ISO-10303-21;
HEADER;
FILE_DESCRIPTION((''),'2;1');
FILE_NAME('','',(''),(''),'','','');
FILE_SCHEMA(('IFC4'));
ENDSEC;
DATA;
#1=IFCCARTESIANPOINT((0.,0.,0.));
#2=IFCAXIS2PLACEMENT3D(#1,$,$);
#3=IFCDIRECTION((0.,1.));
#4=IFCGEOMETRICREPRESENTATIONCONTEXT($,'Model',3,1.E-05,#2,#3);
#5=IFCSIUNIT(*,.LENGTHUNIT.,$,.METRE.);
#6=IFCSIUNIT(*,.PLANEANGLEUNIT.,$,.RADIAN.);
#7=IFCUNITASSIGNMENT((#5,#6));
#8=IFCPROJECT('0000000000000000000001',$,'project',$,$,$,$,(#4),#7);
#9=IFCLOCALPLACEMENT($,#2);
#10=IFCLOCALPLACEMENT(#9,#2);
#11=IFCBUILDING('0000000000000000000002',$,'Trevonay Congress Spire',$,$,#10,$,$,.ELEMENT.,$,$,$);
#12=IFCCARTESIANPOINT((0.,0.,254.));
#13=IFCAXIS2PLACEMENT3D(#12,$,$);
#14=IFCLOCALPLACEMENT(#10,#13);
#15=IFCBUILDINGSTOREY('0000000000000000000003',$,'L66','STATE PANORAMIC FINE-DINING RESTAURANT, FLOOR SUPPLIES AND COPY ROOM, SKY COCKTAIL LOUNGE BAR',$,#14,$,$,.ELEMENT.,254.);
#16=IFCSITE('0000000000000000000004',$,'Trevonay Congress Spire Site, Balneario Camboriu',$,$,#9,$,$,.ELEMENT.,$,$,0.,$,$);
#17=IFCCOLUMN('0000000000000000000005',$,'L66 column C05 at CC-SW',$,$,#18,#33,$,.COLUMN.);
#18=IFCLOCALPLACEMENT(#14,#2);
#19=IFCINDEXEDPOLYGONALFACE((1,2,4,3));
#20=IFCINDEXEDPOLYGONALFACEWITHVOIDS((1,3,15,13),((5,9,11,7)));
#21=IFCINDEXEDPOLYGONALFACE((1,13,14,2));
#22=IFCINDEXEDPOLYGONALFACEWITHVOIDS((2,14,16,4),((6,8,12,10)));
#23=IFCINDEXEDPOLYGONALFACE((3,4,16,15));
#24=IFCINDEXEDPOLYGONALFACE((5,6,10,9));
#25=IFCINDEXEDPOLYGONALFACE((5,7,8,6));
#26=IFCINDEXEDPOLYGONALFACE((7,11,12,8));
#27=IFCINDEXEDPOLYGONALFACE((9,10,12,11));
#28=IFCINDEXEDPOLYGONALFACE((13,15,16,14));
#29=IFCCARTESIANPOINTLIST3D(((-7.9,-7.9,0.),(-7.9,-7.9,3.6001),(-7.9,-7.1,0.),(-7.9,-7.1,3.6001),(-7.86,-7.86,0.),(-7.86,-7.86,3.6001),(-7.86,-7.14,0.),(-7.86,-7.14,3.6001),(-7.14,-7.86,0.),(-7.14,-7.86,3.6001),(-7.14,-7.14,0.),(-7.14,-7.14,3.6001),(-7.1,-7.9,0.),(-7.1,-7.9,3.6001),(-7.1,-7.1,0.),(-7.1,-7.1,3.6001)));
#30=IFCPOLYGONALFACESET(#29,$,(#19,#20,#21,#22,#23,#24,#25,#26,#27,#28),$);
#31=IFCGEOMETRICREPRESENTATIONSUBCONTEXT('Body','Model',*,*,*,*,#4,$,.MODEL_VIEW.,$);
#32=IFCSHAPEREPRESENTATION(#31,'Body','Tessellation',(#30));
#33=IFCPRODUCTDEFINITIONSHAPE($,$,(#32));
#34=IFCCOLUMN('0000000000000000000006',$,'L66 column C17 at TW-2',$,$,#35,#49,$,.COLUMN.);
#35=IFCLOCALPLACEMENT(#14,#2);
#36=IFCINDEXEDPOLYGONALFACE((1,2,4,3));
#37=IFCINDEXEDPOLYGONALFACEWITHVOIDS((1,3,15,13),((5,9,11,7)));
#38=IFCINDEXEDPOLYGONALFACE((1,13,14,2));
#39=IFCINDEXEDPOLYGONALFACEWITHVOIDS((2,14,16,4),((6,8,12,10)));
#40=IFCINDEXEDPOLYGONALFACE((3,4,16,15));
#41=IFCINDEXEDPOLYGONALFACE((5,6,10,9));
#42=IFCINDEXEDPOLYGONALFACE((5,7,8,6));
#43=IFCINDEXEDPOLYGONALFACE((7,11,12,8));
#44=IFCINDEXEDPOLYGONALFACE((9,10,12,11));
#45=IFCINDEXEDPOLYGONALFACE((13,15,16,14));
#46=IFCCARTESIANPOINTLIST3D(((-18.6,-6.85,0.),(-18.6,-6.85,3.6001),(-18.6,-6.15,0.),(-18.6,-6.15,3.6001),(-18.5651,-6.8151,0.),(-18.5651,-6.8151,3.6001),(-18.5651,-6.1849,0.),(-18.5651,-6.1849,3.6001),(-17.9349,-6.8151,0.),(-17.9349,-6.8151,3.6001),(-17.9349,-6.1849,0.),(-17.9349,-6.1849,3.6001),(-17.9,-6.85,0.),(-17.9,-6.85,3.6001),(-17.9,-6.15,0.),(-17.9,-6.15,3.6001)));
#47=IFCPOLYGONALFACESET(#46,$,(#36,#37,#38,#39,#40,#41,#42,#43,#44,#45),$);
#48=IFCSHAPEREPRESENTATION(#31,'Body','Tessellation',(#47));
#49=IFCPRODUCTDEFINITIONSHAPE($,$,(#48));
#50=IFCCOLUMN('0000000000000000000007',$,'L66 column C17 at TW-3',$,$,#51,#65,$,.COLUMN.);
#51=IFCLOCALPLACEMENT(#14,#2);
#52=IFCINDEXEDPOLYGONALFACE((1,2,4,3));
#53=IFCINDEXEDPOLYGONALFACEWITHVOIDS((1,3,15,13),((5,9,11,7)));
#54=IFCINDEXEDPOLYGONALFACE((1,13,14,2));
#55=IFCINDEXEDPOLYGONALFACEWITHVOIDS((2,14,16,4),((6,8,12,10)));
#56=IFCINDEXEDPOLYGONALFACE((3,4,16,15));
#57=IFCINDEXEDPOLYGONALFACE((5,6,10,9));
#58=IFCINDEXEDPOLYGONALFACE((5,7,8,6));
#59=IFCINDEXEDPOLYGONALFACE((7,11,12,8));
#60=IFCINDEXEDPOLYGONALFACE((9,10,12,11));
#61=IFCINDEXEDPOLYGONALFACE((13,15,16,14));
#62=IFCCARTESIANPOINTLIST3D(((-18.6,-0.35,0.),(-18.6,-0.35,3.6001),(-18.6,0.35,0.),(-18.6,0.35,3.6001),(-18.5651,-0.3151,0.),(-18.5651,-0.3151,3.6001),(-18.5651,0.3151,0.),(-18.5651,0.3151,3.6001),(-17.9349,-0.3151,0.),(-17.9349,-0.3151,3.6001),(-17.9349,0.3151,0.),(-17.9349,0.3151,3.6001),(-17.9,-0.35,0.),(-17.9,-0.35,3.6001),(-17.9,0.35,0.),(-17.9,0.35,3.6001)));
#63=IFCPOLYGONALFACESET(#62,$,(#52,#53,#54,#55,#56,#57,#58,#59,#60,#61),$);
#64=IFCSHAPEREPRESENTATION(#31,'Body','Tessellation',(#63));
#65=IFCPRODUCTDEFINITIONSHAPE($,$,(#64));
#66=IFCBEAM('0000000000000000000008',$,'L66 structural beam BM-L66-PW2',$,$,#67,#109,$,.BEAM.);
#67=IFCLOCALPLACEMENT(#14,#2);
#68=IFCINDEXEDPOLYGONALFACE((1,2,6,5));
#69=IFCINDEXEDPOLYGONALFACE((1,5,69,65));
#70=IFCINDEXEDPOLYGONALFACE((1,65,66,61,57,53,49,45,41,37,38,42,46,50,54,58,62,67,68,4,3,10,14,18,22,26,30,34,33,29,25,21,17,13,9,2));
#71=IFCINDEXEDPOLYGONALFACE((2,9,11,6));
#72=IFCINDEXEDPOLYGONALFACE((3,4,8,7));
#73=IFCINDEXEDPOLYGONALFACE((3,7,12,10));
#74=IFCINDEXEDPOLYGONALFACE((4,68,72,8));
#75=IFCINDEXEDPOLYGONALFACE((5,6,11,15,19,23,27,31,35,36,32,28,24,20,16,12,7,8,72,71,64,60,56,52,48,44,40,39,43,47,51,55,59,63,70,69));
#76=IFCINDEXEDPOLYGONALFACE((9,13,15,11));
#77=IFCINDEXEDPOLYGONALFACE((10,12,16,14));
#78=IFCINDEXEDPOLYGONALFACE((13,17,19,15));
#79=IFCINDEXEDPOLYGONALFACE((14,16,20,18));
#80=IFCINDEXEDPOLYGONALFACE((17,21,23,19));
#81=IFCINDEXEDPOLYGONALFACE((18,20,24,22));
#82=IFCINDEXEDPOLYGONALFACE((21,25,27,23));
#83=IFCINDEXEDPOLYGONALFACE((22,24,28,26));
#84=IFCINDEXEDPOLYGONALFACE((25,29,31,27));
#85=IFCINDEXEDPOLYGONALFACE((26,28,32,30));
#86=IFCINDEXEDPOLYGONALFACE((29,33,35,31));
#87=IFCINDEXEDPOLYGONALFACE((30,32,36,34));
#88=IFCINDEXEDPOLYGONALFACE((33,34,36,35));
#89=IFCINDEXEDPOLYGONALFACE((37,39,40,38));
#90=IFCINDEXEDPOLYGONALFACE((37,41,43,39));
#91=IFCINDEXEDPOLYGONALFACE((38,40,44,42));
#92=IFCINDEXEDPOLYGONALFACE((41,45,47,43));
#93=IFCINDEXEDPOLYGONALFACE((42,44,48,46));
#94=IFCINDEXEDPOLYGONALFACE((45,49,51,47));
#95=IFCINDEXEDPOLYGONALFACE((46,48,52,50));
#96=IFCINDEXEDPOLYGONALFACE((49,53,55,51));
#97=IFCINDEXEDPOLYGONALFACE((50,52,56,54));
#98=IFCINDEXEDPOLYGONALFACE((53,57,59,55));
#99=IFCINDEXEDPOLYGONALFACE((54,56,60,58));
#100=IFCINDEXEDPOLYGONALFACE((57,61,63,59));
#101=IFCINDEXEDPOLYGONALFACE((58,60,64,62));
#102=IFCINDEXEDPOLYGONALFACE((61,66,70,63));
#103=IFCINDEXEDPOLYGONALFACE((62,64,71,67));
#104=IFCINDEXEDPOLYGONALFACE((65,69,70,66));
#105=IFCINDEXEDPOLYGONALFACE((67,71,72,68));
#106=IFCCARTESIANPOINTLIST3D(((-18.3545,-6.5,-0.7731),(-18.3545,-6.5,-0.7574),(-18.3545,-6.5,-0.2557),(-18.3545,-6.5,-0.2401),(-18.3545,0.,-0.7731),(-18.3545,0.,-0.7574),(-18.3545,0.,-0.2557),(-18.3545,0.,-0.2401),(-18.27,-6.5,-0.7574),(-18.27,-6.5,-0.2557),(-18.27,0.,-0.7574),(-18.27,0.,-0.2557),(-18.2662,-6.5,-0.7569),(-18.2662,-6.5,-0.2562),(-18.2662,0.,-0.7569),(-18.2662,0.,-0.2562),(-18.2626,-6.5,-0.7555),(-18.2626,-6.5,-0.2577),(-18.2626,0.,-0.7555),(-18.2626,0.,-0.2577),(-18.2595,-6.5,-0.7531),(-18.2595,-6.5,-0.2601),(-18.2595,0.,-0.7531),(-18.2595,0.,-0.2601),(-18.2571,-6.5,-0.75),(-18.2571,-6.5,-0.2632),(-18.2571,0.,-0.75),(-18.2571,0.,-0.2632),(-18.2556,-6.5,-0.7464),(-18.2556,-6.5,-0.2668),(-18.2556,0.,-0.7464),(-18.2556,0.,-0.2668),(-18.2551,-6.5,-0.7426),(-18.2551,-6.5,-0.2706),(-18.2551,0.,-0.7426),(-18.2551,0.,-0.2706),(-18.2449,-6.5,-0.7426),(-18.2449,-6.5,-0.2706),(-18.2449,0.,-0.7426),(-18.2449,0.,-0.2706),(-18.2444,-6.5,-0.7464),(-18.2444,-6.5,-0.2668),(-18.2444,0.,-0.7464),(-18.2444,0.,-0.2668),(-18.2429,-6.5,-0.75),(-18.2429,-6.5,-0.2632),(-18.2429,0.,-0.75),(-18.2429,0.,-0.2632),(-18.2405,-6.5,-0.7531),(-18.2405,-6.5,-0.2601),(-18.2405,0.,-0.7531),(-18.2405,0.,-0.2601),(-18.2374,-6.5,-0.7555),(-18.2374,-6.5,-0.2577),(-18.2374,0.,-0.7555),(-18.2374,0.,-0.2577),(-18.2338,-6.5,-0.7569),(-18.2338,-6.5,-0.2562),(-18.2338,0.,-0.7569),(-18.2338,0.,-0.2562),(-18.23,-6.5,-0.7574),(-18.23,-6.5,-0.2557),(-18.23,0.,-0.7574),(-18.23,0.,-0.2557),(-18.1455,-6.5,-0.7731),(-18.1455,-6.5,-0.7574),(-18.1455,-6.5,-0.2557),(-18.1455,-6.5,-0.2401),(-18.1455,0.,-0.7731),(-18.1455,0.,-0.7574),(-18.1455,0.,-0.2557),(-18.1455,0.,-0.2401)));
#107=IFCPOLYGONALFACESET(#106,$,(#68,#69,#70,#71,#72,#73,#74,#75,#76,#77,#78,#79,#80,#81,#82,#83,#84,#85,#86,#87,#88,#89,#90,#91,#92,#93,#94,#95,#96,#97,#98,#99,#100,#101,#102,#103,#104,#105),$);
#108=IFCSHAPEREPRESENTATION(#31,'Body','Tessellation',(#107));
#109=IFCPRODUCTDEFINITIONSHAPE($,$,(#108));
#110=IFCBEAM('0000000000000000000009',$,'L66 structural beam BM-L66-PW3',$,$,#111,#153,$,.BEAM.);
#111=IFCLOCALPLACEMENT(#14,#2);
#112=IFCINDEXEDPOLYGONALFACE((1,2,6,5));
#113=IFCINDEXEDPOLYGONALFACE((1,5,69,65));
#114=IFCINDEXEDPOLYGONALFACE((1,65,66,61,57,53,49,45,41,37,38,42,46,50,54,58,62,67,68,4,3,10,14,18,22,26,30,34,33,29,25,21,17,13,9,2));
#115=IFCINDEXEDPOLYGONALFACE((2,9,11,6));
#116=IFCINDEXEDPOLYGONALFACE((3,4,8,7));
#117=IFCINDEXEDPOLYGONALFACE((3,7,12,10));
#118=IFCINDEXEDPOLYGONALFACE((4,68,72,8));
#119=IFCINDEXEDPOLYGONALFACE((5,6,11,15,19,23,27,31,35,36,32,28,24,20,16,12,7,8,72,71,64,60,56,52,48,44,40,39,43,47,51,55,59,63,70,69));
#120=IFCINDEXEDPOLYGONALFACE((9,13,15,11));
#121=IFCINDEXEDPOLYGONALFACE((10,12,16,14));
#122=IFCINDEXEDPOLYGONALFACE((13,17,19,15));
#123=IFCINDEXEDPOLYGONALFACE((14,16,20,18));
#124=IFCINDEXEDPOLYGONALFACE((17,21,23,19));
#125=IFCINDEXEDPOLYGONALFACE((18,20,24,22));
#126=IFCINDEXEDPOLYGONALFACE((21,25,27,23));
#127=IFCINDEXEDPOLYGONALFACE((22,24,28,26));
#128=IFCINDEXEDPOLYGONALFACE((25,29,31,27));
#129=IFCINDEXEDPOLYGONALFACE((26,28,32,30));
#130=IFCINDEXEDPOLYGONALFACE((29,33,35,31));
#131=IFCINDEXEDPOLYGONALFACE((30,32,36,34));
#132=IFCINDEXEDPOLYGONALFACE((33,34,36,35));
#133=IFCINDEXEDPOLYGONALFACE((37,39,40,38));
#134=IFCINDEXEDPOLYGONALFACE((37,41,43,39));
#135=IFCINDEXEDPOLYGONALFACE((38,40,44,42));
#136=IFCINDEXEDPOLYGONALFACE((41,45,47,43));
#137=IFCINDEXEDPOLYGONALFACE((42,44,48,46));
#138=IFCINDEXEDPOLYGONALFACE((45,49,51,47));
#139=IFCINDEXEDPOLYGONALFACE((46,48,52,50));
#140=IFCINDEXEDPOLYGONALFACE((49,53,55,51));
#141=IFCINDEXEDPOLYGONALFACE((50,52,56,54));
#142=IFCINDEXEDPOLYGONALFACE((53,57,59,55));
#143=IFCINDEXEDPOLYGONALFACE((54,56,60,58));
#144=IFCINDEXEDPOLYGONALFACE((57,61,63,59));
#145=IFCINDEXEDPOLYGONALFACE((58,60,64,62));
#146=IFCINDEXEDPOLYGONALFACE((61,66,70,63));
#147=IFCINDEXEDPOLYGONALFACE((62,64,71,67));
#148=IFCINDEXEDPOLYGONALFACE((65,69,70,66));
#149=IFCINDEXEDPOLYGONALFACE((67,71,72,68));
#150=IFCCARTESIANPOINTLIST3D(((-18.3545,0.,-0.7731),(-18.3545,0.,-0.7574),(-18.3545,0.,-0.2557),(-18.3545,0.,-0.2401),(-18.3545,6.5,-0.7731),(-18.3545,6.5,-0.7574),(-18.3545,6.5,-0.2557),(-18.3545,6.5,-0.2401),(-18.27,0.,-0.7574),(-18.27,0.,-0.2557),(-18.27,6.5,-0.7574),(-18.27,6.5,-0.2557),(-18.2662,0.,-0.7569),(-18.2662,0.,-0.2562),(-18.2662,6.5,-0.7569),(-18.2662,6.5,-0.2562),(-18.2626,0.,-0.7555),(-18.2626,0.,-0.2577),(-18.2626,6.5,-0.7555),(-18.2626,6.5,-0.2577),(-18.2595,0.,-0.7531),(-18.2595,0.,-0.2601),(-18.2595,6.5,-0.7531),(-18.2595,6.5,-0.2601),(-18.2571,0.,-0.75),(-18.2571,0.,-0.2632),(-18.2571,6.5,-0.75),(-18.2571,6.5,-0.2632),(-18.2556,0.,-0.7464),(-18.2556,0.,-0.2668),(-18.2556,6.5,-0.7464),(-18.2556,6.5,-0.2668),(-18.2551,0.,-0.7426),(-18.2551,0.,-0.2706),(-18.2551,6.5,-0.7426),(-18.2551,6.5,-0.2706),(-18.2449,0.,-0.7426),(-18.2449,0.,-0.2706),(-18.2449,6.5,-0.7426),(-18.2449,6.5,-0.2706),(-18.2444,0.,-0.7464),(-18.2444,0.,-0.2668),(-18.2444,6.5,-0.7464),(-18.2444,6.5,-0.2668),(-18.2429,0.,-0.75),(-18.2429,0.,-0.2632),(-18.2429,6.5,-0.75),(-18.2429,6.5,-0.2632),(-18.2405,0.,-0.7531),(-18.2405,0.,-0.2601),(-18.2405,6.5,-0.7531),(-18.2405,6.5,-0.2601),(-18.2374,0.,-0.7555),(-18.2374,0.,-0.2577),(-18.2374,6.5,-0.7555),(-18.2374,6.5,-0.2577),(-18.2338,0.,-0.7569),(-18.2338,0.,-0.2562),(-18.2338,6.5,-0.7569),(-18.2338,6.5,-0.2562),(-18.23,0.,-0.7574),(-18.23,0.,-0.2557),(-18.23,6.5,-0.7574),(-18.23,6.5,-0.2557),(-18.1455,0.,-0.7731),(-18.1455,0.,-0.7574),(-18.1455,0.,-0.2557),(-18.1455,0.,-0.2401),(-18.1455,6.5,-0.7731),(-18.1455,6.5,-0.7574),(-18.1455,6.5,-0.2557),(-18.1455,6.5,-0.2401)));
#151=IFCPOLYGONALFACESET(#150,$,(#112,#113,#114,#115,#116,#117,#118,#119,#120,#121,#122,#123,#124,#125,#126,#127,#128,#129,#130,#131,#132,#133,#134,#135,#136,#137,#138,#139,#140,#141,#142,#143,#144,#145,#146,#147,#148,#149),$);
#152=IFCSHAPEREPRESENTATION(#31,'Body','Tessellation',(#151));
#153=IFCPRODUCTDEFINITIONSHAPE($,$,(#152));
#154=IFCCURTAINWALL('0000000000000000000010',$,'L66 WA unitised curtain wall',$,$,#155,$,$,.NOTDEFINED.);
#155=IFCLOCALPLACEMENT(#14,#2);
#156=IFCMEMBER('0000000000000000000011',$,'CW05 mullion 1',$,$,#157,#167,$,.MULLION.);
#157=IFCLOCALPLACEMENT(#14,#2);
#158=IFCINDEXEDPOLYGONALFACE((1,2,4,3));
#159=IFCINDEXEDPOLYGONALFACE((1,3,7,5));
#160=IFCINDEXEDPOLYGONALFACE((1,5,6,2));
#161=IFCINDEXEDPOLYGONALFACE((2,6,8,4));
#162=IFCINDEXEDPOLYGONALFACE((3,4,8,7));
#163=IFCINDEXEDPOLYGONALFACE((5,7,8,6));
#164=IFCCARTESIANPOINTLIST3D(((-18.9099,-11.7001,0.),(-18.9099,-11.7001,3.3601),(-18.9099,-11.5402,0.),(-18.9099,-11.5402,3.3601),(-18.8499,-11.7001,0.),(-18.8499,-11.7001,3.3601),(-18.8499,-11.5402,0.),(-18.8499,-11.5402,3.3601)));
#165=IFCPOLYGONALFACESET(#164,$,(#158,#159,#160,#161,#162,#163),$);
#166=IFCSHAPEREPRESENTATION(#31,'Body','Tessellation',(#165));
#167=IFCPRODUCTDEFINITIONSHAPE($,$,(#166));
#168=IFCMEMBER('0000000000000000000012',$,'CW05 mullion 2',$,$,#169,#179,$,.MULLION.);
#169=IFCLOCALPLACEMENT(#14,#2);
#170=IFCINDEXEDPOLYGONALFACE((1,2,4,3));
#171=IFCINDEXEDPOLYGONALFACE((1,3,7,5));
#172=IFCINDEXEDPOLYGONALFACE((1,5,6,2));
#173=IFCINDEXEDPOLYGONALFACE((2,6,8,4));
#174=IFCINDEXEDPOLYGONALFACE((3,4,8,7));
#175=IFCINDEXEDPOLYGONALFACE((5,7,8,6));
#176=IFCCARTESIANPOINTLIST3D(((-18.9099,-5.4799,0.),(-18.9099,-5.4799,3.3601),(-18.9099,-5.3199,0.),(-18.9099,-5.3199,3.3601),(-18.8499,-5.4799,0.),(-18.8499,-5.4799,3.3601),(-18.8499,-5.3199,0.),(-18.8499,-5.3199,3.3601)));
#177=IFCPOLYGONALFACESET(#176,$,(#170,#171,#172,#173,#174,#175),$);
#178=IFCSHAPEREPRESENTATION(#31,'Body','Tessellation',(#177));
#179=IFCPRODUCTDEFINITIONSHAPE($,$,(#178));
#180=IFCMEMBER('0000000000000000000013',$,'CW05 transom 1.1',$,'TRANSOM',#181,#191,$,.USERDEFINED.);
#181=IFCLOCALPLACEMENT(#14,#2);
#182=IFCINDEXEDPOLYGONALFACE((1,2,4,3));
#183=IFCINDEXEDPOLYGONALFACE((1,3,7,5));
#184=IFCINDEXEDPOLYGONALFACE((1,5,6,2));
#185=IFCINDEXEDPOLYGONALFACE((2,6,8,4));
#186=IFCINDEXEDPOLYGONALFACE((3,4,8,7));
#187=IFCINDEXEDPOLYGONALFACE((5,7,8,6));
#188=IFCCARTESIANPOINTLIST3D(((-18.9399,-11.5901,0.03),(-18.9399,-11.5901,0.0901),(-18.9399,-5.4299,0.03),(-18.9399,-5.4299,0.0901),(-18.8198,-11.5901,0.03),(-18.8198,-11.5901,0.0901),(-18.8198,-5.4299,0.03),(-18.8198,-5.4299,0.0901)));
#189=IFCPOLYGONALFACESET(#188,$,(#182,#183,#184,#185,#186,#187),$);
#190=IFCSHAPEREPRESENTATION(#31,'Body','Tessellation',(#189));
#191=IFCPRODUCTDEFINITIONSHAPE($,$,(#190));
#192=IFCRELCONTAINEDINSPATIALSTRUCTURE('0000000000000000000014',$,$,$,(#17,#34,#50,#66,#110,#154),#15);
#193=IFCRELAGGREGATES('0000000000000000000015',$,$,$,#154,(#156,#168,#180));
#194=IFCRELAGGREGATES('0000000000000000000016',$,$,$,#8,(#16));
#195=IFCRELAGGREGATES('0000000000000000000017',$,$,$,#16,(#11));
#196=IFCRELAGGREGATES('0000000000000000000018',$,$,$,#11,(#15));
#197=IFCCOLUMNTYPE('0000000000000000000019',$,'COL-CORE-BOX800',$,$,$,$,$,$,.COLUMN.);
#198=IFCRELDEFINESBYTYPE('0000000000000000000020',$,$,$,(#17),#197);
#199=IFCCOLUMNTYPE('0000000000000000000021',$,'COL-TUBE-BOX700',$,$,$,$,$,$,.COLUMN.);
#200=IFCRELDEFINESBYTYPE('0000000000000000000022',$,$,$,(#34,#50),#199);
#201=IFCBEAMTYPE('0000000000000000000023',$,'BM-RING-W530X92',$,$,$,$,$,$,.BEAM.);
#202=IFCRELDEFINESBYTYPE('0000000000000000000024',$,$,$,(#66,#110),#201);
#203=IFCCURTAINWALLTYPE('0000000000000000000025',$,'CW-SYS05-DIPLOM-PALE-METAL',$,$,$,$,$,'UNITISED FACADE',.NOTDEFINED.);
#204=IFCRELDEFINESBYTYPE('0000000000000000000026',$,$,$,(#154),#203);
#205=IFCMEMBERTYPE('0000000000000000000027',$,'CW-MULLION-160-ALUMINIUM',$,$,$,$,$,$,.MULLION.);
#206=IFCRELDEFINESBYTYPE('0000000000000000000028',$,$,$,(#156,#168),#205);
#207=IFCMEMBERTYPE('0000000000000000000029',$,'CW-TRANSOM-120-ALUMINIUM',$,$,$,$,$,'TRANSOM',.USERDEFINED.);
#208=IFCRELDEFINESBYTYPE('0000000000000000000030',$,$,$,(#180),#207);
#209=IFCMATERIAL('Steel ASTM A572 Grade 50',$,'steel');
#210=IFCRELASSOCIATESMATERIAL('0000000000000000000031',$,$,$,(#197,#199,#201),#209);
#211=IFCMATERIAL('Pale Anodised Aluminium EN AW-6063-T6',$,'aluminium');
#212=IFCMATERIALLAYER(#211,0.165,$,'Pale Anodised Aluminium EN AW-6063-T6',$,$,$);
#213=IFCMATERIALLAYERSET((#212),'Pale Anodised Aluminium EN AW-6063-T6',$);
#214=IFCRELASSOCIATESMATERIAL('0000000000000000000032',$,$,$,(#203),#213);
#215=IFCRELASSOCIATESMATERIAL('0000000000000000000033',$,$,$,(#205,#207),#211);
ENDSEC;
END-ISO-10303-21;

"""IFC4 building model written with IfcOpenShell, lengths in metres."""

from ifc_helpers import new_model, si_unit, direction, frame, origin, origin_2d, place, context, subcontext, project, spatial, rectangle, hollow_rectangle, i_section, extrude, material, layer, layer_set, material_profile, profile_set, type_object, element, aggregate, save


model = new_model("IFC4")

# Units and contexts
model_context = context("Model", 3, precision=1e-05, world=origin(), true_north=direction((0.0, 1.0)))
body_context = subcontext(model_context, "Body", "Model", "MODEL_VIEW")
ifc_project = project(units=[si_unit("LENGTHUNIT", "METRE"), si_unit("PLANEANGLEUNIT", "RADIAN")], contexts=[model_context])

# Site, building, storey
site_placement = place(None, origin())
site = spatial("IfcSite", under=ifc_project, at=site_placement, Name="Trevonay Congress Spire Site, Balneario Camboriu", CompositionType="ELEMENT", RefElevation=0.0)
building_placement = place(site_placement, origin())
building = spatial("IfcBuilding", under=site, at=building_placement, Name="Trevonay Congress Spire", CompositionType="ELEMENT")
storey_placement = place(building_placement, frame((0.0, 0.0, 254.0)))
storey = spatial("IfcBuildingStorey", under=building, at=storey_placement, Name="L66", Description="STATE PANORAMIC FINE-DINING RESTAURANT, FLOOR SUPPLIES AND COPY ROOM, SKY COCKTAIL LOUNGE BAR", CompositionType="ELEMENT", Elevation=254.0)

# Columns
ifc_material_1 = material(Name="Steel ASTM A572 Grade 50", Category="steel")
ifc_material_profile_1 = material_profile(ifc_material_1, hollow_rectangle(XDim=0.8, YDim=0.8, WallThickness=0.04, at=origin_2d()), Name="BOX 800x800x40")
ifc_profile_set_1 = profile_set([ifc_material_profile_1], Name="Steel ASTM A572 Grade 50")
column_type_1 = type_object("IfcColumnType", Name="COL-CORE-BOX800", PredefinedType="COLUMN", material=ifc_profile_set_1)
column_placement = place(storey_placement, frame((-7.5, -7.5, 0.0), z_axis=(0.0, 0.0, 1.0), x_axis=(1.0, 0.0, 0.0)))
element("IfcColumn", 1, at=column_placement, inside=storey, type_object=column_type_1, Name="L66 column C05 at CC-SW", PredefinedType="COLUMN", context=body_context, shape_type="SweptSolid", body=[
    extrude(hollow_rectangle(XDim=0.8, YDim=0.8, WallThickness=0.04, at=origin_2d()), origin(), (0.0, 0.0, 1.0), 3.6001),
])
ifc_material_profile_2 = material_profile(ifc_material_1, hollow_rectangle(XDim=0.7, YDim=0.7, WallThickness=0.0349, at=origin_2d()), Name="BOX 700x700x35")
ifc_profile_set_2 = profile_set([ifc_material_profile_2], Name="Steel ASTM A572 Grade 50")
column_type_2 = type_object("IfcColumnType", Name="COL-TUBE-BOX700", PredefinedType="COLUMN", material=ifc_profile_set_2)
for number, where, z_axis, x_axis, name in (
    (2, (-18.25, -6.5, 0.0), (0.0, 0.0, 1.0), (1.0, 0.0, 0.0), "L66 column C17 at TW-2"),
    (3, (-18.25, 0.0, 0.0), (0.0, 0.0, 1.0), (1.0, 0.0, 0.0), "L66 column C17 at TW-3"),
):
    element("IfcColumn", number, at=place(storey_placement, frame(where, z_axis=z_axis, x_axis=x_axis)), inside=storey, type_object=column_type_2, Name=name, PredefinedType="COLUMN", context=body_context, shape_type="SweptSolid", body=[
        extrude(hollow_rectangle(XDim=0.7, YDim=0.7, WallThickness=0.0349, at=origin_2d()), origin(), (0.0, 0.0, 1.0), 3.6001),
    ])

# Beams
ifc_material_profile_3 = material_profile(ifc_material_1, i_section(OverallWidth=0.209, OverallDepth=0.533, WebThickness=0.0103, FlangeThickness=0.0156, FilletRadius=0.0149, at=origin_2d()), Name="W530x92")
ifc_profile_set_3 = profile_set([ifc_material_profile_3], Name="Steel ASTM A572 Grade 50")
beam_type_1 = type_object("IfcBeamType", Name="BM-RING-W530X92", PredefinedType="BEAM", material=ifc_profile_set_3)
for number, where, z_axis, x_axis, name in (
    (4, (-18.25, -6.5, -0.5066), (0.0, 1.0, 0.0), (-1.0, 0.0, 0.0), "L66 structural beam BM-L66-PW2"),
    (5, (-18.25, 0.0, -0.5066), (0.0, 1.0, 0.0), (-1.0, 0.0, 0.0), "L66 structural beam BM-L66-PW3"),
):
    element("IfcBeam", number, at=place(storey_placement, frame(where, z_axis=z_axis, x_axis=x_axis)), inside=storey, type_object=beam_type_1, Name=name, PredefinedType="BEAM", context=body_context, shape_type="SweptSolid", body=[
        extrude(i_section(OverallWidth=0.209, OverallDepth=0.533, WebThickness=0.0103, FlangeThickness=0.0156, FilletRadius=0.0149, at=origin_2d()), origin(), (0.0, 0.0, 1.0), 6.5),
    ])

# Curtain wall, members
ifc_material_2 = material(Name="Pale Anodised Aluminium EN AW-6063-T6", Category="aluminium")
ifc_layer_1 = layer(ifc_material_2, 0.165, Name="Pale Anodised Aluminium EN AW-6063-T6")
ifc_layer_set_1 = layer_set([ifc_layer_1], Name="Pale Anodised Aluminium EN AW-6063-T6")
curtain_wall_type = type_object("IfcCurtainWallType", Name="CW-SYS05-DIPLOM-PALE-METAL", ElementType="UNITISED FACADE", PredefinedType="NOTDEFINED", material=ifc_layer_set_1)
curtain_wall_placement = place(storey_placement, origin())
curtain_wall = element("IfcCurtainWall", 6, at=curtain_wall_placement, inside=storey, type_object=curtain_wall_type, Name="L66 WA unitised curtain wall", PredefinedType="NOTDEFINED")
ifc_material_profile_4 = material_profile(ifc_material_2, rectangle(XDim=0.0601, YDim=0.1599, at=origin_2d()), Name="CW-MULLION-160-ALUMINIUM")
ifc_profile_set_4 = profile_set([ifc_material_profile_4], Name="Pale Anodised Aluminium EN AW-6063-T6")
member_type_1 = type_object("IfcMemberType", Name="CW-MULLION-160-ALUMINIUM", PredefinedType="MULLION", material=ifc_profile_set_4)
member_1_placement = place(storey_placement, frame((-18.8799, -11.6201, 0.0), z_axis=(0.0, 0.0, 1.0), x_axis=(-1.0, 0.0, 0.0)))
member_1 = element("IfcMember", 7, at=member_1_placement, type_object=member_type_1, Name="CW05 mullion 1", PredefinedType="MULLION", context=body_context, shape_type="SweptSolid", body=[
    extrude(rectangle(XDim=0.0601, YDim=0.1599, at=origin_2d()), origin(), (0.0, 0.0, 1.0), 3.3601),
])
member_2_placement = place(storey_placement, frame((-18.8799, -5.3999, 0.0), z_axis=(0.0, 0.0, 1.0), x_axis=(-1.0, 0.0, 0.0)))
member_2 = element("IfcMember", 8, at=member_2_placement, type_object=member_type_1, Name="CW05 mullion 2", PredefinedType="MULLION", context=body_context, shape_type="SweptSolid", body=[
    extrude(rectangle(XDim=0.0601, YDim=0.1599, at=origin_2d()), origin(), (0.0, 0.0, 1.0), 3.3601),
])
ifc_material_profile_5 = material_profile(ifc_material_2, rectangle(XDim=0.1201, YDim=0.0601, at=origin_2d()), Name="CW-TRANSOM-120-ALUMINIUM")
ifc_profile_set_5 = profile_set([ifc_material_profile_5], Name="Pale Anodised Aluminium EN AW-6063-T6")
member_type_2 = type_object("IfcMemberType", Name="CW-TRANSOM-120-ALUMINIUM", ElementType="TRANSOM", PredefinedType="USERDEFINED", material=ifc_profile_set_5)
member_3_placement = place(storey_placement, frame((-18.8799, -11.5901, 0.0601), z_axis=(0.0, 1.0, 0.0), x_axis=(-1.0, 0.0, 0.0)))
member_3 = element("IfcMember", 9, at=member_3_placement, type_object=member_type_2, Name="CW05 transom 1.1", ObjectType="TRANSOM", PredefinedType="USERDEFINED", context=body_context, shape_type="SweptSolid", body=[
    extrude(rectangle(XDim=0.1201, YDim=0.0601, at=origin_2d()), origin(), (0.0, 0.0, 1.0), 6.1602),
])

aggregate(curtain_wall, [member_1, member_2, member_3])

save(model, "model.ifc")
